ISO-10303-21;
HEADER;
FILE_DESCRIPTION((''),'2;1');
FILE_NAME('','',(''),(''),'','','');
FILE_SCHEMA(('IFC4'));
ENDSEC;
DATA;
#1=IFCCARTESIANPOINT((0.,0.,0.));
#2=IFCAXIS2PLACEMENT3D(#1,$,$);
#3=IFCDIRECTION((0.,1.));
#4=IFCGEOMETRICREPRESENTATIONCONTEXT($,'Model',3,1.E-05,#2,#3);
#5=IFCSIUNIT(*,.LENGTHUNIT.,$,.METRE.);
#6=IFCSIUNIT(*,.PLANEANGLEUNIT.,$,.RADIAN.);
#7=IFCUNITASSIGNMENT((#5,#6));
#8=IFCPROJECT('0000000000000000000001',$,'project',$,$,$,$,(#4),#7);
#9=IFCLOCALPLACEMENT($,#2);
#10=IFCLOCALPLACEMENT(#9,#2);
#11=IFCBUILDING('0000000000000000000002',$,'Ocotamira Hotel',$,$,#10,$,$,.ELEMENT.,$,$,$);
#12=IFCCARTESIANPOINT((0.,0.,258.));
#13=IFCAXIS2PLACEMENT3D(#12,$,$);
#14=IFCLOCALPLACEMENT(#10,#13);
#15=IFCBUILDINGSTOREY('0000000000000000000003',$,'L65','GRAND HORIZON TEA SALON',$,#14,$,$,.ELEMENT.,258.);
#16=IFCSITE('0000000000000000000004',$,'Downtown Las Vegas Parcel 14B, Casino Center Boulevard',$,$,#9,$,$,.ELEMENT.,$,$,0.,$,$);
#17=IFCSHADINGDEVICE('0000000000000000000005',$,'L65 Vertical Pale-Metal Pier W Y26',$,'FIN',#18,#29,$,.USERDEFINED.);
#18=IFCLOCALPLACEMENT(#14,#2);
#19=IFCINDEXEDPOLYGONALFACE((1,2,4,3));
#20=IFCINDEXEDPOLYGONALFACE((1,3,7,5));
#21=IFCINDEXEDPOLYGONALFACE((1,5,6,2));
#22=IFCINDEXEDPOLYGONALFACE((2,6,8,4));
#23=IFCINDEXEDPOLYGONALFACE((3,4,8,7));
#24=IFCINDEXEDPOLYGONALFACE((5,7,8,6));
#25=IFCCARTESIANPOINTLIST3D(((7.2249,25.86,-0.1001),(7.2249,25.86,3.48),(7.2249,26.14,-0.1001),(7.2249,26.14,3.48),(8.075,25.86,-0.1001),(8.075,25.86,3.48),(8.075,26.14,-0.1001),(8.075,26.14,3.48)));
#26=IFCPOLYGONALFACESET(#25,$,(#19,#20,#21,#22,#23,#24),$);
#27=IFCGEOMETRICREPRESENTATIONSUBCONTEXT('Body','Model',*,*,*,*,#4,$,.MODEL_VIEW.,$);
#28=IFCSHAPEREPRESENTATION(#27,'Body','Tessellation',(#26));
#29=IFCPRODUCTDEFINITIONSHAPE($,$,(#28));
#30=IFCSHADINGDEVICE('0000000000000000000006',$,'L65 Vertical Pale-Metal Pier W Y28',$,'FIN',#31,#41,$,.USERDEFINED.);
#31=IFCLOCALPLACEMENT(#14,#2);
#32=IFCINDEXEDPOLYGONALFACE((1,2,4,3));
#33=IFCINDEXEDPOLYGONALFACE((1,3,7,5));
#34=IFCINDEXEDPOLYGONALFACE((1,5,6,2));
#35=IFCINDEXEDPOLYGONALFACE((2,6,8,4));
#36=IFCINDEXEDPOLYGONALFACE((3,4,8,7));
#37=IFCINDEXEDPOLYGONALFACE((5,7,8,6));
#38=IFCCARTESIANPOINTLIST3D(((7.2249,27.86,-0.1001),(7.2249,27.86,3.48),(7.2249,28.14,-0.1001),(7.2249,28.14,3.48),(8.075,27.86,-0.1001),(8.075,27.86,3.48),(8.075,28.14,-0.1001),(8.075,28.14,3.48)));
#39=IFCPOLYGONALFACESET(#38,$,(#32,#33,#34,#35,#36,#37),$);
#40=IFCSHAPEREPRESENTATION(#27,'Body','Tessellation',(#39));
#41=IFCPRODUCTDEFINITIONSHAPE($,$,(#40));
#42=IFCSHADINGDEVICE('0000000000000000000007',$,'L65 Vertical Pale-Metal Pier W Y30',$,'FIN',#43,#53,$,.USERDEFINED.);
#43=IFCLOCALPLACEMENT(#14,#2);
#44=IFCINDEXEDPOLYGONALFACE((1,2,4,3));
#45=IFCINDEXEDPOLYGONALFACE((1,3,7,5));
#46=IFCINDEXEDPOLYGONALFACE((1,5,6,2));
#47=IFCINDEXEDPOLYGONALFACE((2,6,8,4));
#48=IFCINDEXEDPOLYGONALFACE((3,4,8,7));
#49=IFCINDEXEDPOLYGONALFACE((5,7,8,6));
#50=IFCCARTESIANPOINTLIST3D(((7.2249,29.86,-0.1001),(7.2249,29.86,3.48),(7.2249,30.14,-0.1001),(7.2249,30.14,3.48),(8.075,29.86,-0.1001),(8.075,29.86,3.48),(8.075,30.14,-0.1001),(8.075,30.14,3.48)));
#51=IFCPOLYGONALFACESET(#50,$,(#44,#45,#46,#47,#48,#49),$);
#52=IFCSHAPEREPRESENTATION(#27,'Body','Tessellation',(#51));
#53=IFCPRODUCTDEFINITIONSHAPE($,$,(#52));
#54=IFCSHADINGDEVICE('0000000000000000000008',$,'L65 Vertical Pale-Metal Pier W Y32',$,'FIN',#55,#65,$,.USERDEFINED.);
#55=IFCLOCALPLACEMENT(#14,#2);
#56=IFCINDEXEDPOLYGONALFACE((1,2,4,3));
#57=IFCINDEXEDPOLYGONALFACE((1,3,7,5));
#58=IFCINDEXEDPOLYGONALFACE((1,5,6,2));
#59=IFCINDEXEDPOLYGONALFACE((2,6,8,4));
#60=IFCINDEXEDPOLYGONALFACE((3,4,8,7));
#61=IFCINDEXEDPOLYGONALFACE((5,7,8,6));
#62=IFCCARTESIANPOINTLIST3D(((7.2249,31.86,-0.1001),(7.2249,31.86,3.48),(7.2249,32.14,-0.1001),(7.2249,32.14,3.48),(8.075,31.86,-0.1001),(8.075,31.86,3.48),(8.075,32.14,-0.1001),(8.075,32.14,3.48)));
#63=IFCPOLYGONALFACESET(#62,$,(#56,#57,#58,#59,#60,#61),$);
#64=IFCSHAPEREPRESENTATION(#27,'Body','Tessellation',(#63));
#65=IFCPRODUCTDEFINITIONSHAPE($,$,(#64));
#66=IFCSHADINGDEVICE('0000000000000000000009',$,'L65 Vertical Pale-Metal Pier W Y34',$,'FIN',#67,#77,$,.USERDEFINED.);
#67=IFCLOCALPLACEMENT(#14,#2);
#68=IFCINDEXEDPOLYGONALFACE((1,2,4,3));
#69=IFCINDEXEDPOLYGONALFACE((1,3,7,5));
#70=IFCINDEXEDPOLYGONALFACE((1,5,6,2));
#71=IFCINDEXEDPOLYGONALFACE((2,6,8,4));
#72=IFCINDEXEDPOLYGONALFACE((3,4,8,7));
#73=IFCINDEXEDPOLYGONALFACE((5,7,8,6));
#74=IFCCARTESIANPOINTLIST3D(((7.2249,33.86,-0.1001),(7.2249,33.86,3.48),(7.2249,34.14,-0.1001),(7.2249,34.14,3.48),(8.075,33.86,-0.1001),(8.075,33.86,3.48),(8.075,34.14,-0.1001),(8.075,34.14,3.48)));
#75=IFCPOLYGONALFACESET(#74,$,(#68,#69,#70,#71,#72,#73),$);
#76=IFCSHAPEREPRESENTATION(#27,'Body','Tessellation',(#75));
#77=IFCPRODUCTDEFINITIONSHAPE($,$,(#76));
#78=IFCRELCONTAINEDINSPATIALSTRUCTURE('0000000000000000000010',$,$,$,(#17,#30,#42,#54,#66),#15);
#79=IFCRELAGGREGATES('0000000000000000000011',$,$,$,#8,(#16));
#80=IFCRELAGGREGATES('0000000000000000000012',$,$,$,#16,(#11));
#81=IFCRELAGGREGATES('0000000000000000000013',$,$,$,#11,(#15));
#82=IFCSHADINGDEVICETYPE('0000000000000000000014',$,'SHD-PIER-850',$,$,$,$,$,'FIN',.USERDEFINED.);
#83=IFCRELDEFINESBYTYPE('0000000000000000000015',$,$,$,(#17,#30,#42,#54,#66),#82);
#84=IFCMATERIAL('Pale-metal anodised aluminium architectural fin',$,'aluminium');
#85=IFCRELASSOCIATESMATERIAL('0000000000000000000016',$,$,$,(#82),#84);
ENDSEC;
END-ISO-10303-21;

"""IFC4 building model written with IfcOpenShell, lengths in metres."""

from ifc_helpers import new_model, si_unit, direction, frame, origin, origin_2d, place, context, subcontext, project, spatial, rectangle, extrude, source, transform, mapped, material, type_object, element, save


model = new_model("IFC4")

# Units and contexts
model_context = context("Model", 3, precision=1e-05, world=origin(), true_north=direction((0.0, 1.0)))
body_context = subcontext(model_context, "Body", "Model", "MODEL_VIEW")
ifc_project = project(units=[si_unit("LENGTHUNIT", "METRE"), si_unit("PLANEANGLEUNIT", "RADIAN")], contexts=[model_context])

# Site, building, storey
site_placement = place(None, origin())
site = spatial("IfcSite", under=ifc_project, at=site_placement, Name="Downtown Las Vegas Parcel 14B, Casino Center Boulevard", CompositionType="ELEMENT", RefElevation=0.0)
building_placement = place(site_placement, origin())
building = spatial("IfcBuilding", under=site, at=building_placement, Name="Ocotamira Hotel", CompositionType="ELEMENT")
storey_placement = place(building_placement, frame((0.0, 0.0, 258.0)))
storey = spatial("IfcBuildingStorey", under=building, at=storey_placement, Name="L65", Description="GRAND HORIZON TEA SALON", CompositionType="ELEMENT", Elevation=258.0)

# Shading devices
ifc_material_1 = material(Name="Pale-metal anodised aluminium architectural fin", Category="aluminium")
shading_device_type = type_object("IfcShadingDeviceType", Name="SHD-PIER-850", ElementType="FIN", PredefinedType="USERDEFINED", material=ifc_material_1)
shared_shape_1 = source(origin(), body_context, "Body", "SweptSolid", [
    extrude(rectangle(XDim=0.8501, YDim=0.28, at=origin_2d()), origin(), (0.0, 0.0, 1.0), 3.5801),
])
for number, where, z_axis, x_axis, name in (
    (1, (7.6499, 26.0, -0.1001), (0.0, 0.0, 1.0), (1.0, 0.0, 0.0), "L65 Vertical Pale-Metal Pier W Y26"),
    (2, (7.6499, 28.0, -0.1001), (0.0, 0.0, 1.0), (1.0, 0.0, 0.0), "L65 Vertical Pale-Metal Pier W Y28"),
    (3, (7.6499, 30.0, -0.1001), (0.0, 0.0, 1.0), (1.0, 0.0, 0.0), "L65 Vertical Pale-Metal Pier W Y30"),
    (4, (7.6499, 32.0, -0.1001), (0.0, 0.0, 1.0), (1.0, 0.0, 0.0), "L65 Vertical Pale-Metal Pier W Y32"),
    (5, (7.6499, 34.0, -0.1001), (0.0, 0.0, 1.0), (1.0, 0.0, 0.0), "L65 Vertical Pale-Metal Pier W Y34"),
):
    element("IfcShadingDevice", number, at=place(storey_placement, frame(where, z_axis=z_axis, x_axis=x_axis)), inside=storey, type_object=shading_device_type, Name=name, ObjectType="FIN", PredefinedType="USERDEFINED", context=body_context, shape_type="MappedRepresentation", body=[
        mapped(shared_shape_1, transform((0.0, 0.0, 0.0), scale=1.0)),
    ])

save(model, "model.ifc")
